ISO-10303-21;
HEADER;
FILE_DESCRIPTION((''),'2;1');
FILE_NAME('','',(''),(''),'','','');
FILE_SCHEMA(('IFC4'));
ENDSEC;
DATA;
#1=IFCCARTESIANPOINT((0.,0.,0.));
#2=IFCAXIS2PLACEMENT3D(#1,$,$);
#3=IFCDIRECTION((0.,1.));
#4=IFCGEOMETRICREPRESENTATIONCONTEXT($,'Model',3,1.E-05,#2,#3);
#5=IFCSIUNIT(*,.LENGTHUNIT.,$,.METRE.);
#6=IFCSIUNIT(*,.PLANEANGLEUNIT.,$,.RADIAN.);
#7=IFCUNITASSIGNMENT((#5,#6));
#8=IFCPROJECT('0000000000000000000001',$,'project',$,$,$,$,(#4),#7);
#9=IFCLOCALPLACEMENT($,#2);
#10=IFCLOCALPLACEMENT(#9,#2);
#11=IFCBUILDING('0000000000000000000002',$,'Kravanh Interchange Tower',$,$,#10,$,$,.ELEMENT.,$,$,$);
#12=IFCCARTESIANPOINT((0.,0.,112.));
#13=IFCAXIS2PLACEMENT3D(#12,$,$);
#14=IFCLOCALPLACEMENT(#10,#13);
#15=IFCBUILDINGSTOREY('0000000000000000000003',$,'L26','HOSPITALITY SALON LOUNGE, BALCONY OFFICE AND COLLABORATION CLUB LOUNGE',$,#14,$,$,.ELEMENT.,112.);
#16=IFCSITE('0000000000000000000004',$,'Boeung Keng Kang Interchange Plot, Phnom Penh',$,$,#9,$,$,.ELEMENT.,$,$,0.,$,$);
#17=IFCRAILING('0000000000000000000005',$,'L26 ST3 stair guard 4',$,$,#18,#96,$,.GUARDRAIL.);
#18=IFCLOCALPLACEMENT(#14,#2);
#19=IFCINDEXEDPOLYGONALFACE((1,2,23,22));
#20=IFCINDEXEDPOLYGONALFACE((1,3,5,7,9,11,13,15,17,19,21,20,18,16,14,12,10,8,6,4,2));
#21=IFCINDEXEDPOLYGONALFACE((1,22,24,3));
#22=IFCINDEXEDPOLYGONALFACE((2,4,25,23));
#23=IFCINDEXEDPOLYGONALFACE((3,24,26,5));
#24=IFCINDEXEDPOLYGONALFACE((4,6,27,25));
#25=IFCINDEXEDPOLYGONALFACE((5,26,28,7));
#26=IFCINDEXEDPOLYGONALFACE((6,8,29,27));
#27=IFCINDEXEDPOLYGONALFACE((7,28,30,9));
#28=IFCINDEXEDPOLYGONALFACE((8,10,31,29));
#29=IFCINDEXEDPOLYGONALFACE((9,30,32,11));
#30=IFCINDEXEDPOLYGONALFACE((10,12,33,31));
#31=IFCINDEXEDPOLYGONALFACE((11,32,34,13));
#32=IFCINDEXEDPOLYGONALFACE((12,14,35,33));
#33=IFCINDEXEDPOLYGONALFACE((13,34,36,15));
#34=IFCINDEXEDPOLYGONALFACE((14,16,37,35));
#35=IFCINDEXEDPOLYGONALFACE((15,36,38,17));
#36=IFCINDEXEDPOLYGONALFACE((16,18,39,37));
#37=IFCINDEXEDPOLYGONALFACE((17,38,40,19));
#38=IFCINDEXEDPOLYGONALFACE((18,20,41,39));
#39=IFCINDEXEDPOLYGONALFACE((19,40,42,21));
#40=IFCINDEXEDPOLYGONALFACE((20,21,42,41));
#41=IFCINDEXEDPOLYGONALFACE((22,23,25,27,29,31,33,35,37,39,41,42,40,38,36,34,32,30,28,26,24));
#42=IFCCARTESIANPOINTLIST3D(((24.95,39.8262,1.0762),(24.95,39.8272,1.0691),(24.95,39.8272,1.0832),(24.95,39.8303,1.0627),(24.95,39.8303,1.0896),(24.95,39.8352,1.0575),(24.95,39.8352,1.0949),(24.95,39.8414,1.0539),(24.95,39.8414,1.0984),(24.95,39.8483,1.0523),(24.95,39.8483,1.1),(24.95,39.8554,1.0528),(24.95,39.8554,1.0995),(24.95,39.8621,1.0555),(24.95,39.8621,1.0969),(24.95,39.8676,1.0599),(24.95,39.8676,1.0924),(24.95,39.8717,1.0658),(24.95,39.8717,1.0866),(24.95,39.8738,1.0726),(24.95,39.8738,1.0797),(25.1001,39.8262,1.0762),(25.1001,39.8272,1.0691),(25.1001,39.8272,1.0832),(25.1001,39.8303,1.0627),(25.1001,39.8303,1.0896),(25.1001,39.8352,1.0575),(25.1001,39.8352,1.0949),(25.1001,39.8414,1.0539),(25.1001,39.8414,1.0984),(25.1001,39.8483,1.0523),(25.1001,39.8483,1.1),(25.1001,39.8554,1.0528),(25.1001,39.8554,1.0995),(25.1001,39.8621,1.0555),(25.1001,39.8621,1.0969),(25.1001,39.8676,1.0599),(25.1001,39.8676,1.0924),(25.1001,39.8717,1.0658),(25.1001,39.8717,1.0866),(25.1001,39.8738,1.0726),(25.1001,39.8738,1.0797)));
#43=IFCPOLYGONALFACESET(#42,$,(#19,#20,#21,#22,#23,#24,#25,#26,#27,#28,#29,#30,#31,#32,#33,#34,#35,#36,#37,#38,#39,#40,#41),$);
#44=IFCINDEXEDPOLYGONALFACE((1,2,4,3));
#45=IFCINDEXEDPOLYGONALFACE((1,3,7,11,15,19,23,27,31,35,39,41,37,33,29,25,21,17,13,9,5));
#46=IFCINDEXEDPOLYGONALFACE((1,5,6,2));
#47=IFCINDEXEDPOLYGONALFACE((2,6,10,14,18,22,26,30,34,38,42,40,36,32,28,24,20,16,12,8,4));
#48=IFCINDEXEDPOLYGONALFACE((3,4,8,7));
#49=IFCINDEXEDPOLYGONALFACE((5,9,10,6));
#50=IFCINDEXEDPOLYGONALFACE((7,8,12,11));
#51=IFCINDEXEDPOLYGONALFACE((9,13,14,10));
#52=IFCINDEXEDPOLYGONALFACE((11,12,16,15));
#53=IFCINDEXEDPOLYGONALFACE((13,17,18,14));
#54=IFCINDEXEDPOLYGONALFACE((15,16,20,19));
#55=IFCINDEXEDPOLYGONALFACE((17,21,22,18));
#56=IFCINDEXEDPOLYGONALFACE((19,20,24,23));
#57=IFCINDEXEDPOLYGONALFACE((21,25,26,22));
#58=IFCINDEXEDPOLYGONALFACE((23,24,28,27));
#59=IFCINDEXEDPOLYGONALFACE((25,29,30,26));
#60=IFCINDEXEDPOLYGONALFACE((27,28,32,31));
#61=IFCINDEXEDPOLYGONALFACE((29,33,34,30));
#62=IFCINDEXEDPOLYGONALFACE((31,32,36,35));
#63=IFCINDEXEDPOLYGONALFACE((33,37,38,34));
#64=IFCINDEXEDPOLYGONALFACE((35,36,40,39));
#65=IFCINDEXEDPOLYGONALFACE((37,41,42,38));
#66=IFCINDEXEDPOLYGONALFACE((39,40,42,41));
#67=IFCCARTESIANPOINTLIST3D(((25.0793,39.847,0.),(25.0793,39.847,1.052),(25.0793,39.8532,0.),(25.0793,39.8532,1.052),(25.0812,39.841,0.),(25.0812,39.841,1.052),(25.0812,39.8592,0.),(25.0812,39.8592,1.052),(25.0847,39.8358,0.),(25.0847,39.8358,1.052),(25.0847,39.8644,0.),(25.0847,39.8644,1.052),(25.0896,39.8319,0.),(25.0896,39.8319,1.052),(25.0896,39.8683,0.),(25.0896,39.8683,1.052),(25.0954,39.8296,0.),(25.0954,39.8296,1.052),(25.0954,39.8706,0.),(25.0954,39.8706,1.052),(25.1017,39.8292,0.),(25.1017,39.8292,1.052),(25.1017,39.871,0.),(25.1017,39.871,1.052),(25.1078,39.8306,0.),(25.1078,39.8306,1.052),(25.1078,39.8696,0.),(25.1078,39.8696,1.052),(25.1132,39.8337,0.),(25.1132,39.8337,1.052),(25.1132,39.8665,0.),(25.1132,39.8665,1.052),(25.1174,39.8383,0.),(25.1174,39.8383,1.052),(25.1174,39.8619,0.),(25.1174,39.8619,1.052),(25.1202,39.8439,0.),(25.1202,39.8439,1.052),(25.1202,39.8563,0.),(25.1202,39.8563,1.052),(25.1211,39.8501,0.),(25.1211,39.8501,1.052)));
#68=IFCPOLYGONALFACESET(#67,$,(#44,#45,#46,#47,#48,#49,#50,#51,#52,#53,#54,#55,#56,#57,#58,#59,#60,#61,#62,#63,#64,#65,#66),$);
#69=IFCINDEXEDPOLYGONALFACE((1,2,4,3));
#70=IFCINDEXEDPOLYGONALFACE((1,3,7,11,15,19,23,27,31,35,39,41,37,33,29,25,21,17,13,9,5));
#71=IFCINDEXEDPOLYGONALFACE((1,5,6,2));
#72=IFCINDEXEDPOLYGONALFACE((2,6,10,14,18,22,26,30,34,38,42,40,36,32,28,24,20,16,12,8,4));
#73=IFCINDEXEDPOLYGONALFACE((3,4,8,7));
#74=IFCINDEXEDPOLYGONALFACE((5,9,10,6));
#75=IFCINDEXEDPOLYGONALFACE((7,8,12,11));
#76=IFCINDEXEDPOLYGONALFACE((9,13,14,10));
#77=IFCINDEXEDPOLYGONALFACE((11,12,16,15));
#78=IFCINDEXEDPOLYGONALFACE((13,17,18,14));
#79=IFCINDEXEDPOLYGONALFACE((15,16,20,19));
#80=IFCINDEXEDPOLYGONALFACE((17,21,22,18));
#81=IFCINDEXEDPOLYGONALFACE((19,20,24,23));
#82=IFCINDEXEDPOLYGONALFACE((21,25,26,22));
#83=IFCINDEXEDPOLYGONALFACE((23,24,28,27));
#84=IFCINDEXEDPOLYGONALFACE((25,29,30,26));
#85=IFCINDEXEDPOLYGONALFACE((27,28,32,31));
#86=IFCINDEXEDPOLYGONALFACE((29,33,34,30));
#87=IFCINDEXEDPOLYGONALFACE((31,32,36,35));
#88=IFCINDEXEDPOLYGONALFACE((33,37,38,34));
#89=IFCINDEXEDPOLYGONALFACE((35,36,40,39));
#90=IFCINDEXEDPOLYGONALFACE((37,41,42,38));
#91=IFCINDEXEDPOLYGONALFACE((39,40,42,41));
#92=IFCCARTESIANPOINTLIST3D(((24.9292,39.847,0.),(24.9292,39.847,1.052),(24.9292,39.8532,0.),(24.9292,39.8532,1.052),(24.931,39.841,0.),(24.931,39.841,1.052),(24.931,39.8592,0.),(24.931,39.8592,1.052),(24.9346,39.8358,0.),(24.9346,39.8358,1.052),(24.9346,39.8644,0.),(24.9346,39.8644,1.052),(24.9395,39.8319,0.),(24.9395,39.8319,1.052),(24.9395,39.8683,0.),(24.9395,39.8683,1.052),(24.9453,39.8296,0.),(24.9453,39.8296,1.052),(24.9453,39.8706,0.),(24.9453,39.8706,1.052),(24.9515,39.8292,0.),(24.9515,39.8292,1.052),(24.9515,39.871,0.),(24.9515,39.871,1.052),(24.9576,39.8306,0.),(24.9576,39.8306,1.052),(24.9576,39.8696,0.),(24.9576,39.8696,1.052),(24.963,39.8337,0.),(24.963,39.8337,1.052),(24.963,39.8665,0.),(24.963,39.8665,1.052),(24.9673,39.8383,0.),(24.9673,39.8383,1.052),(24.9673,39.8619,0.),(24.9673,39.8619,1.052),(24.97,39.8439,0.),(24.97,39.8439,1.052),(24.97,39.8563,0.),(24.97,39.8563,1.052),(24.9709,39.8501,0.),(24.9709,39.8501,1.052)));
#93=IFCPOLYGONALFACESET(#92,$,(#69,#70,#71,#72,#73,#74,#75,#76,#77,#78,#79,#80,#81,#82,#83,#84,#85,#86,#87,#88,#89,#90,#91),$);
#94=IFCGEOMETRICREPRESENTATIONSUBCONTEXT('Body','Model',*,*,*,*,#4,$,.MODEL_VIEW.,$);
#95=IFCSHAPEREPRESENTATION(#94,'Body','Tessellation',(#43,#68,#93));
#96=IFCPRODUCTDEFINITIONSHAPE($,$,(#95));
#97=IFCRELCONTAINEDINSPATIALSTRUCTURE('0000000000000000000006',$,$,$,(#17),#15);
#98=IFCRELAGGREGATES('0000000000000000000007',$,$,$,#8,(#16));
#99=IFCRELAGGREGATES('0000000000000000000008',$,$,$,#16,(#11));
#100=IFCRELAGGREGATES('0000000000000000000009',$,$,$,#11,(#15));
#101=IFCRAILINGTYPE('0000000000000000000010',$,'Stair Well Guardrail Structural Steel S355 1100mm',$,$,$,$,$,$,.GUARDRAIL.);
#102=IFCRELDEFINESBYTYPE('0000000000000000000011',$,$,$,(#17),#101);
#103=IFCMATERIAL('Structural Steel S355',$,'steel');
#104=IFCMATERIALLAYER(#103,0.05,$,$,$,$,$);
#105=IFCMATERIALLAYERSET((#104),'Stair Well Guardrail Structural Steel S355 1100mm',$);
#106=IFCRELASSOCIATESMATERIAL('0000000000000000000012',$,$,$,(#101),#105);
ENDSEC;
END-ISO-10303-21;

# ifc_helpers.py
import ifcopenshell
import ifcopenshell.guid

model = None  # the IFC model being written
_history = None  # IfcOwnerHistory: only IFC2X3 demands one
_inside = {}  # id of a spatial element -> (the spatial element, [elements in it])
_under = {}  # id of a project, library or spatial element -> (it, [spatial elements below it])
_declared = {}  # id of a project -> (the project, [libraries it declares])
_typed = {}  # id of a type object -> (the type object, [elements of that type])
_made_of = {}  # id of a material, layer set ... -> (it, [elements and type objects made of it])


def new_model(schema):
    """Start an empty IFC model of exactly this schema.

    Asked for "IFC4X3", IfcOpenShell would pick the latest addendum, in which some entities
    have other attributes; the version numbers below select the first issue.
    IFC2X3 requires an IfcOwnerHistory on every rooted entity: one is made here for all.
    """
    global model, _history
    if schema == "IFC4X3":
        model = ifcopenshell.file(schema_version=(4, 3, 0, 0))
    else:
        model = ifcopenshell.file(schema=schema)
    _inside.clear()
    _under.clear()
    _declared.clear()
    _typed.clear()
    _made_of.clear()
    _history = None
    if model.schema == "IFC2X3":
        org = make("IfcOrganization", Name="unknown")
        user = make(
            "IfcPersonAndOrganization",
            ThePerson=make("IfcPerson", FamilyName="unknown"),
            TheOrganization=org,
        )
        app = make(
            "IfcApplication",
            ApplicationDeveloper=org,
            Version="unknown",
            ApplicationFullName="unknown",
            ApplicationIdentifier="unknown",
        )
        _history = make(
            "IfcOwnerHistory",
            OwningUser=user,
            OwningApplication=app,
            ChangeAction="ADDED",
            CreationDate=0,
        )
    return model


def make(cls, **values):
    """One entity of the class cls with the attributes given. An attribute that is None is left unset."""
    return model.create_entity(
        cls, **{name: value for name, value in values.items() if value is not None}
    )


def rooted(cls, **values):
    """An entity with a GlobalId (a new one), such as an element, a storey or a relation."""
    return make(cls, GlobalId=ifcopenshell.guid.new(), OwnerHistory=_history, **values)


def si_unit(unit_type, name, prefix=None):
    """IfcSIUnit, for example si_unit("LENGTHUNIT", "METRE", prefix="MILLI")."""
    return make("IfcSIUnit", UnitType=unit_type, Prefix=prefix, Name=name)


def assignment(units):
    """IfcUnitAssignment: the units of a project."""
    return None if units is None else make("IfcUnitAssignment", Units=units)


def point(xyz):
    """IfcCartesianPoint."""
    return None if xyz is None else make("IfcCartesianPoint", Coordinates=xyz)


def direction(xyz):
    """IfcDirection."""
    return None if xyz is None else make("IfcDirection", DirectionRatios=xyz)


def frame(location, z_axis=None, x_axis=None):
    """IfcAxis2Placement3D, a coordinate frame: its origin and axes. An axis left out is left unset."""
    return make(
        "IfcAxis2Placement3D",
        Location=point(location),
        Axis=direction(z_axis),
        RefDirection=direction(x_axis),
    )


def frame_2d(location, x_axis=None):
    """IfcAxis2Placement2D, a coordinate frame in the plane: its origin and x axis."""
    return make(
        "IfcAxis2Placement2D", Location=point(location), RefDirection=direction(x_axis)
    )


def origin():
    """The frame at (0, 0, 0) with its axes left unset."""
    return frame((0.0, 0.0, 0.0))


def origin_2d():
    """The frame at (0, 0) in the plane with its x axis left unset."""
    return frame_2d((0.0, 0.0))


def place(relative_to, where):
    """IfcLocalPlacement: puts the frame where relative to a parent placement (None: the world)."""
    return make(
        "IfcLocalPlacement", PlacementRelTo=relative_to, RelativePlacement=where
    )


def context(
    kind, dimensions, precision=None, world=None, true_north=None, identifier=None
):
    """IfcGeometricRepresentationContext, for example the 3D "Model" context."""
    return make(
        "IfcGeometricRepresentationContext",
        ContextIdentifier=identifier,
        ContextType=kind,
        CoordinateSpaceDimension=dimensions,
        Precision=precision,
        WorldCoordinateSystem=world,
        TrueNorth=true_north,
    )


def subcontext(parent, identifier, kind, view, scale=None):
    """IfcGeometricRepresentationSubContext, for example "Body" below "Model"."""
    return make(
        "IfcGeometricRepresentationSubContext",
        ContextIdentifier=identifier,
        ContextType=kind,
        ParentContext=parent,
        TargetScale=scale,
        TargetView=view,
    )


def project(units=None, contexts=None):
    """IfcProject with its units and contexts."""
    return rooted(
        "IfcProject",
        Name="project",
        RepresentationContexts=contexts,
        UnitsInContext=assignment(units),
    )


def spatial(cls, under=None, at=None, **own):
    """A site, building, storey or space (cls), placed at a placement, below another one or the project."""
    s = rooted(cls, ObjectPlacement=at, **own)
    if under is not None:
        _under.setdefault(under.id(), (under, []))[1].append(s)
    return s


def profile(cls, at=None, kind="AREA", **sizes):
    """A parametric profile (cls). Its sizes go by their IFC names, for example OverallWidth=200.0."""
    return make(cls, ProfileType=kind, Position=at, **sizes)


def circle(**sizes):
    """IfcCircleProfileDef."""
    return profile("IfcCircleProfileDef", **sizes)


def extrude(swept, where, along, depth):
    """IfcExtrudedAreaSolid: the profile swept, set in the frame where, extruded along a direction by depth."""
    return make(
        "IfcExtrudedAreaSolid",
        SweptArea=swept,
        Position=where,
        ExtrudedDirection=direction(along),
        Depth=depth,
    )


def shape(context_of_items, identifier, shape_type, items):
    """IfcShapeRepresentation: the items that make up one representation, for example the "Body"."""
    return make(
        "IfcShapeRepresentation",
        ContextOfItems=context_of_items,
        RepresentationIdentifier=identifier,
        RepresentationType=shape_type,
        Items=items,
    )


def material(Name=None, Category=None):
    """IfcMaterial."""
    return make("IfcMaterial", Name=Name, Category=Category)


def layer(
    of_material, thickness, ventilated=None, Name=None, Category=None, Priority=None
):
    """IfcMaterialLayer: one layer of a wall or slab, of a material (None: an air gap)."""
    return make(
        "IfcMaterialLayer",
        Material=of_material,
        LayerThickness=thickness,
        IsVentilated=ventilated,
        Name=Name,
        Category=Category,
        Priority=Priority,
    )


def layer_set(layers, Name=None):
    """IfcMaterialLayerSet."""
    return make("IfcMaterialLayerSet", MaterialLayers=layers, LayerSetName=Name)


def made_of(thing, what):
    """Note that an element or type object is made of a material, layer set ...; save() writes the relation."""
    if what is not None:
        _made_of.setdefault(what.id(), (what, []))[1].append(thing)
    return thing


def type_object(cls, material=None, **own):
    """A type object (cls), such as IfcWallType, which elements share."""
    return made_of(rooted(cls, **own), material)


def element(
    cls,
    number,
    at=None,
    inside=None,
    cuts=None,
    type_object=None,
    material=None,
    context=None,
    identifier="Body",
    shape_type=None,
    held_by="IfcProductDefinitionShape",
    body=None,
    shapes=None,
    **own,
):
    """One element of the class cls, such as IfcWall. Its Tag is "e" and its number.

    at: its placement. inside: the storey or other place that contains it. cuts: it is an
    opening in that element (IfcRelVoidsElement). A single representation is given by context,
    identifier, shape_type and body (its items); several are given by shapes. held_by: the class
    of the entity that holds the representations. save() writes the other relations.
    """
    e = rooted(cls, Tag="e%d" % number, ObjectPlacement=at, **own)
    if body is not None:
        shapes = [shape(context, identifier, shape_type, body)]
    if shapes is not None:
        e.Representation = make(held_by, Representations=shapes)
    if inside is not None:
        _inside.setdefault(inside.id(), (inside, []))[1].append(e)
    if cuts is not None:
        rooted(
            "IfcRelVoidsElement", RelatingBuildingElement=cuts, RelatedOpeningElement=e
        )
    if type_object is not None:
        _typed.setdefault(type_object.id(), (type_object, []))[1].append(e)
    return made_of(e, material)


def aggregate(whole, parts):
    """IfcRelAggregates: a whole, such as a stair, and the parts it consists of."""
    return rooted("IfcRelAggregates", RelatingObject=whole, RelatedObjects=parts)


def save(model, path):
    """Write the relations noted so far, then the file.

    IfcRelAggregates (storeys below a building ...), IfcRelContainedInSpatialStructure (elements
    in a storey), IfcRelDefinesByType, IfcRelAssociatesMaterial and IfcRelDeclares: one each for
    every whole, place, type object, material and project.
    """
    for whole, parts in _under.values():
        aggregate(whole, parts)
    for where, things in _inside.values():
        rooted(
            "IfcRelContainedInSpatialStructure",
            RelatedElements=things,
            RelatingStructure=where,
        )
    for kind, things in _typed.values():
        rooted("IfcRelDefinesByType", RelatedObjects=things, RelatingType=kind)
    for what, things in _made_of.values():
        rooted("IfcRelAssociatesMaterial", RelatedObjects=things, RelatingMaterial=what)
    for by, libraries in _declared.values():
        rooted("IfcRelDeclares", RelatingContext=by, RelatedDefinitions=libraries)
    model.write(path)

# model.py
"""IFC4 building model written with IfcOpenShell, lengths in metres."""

from ifc_helpers import new_model, si_unit, direction, frame, origin, origin_2d, place, context, subcontext, project, spatial, circle, extrude, material, layer, layer_set, type_object, element, save


model = new_model("IFC4")

# Units and contexts
model_context = context("Model", 3, precision=1e-05, world=origin(), true_north=direction((0.0, 1.0)))
body_context = subcontext(model_context, "Body", "Model", "MODEL_VIEW")
ifc_project = project(units=[si_unit("LENGTHUNIT", "METRE"), si_unit("PLANEANGLEUNIT", "RADIAN")], contexts=[model_context])

# Site, building, storey
site_placement = place(None, origin())
site = spatial("IfcSite", under=ifc_project, at=site_placement, Name="Boeung Keng Kang Interchange Plot, Phnom Penh", CompositionType="ELEMENT", RefElevation=0.0)
building_placement = place(site_placement, origin())
building = spatial("IfcBuilding", under=site, at=building_placement, Name="Kravanh Interchange Tower", CompositionType="ELEMENT")
storey_placement = place(building_placement, frame((0.0, 0.0, 112.0)))
storey = spatial("IfcBuildingStorey", under=building, at=storey_placement, Name="L26", Description="HOSPITALITY SALON LOUNGE, BALCONY OFFICE AND COLLABORATION CLUB LOUNGE", CompositionType="ELEMENT", Elevation=112.0)

# Railing
ifc_material_1 = material(Name="Structural Steel S355", Category="steel")
ifc_layer_1 = layer(ifc_material_1, 0.05)
ifc_layer_set_1 = layer_set([ifc_layer_1], Name="Stair Well Guardrail Structural Steel S355 1100mm")
railing_type_1 = type_object("IfcRailingType", Name="Stair Well Guardrail Structural Steel S355 1100mm", PredefinedType="GUARDRAIL", material=ifc_layer_set_1)
railing_1_placement = place(storey_placement, frame((25.1001, 39.8501, 0.0)))
element("IfcRailing", 1, at=railing_1_placement, inside=storey, type_object=railing_type_1, Name="L26 ST3 stair guard 4", PredefinedType="GUARDRAIL", context=body_context, shape_type="SweptSolid", body=[
    extrude(circle(Radius=0.0239, at=origin_2d()), frame((0.0, 0.0, 1.0762), z_axis=(-1.0, 0.0, 0.0), x_axis=(0.0, -1.0, 0.0)), (0.0, 0.0, 1.0), 0.1501),
    extrude(circle(Radius=0.021, at=origin_2d()), origin(), (0.0, 0.0, 1.0), 1.052),
    extrude(circle(Radius=0.021, at=origin_2d()), frame((-0.1501, 0.0, 0.0)), (0.0, 0.0, 1.0), 1.052),
])

save(model, "model.ifc")
